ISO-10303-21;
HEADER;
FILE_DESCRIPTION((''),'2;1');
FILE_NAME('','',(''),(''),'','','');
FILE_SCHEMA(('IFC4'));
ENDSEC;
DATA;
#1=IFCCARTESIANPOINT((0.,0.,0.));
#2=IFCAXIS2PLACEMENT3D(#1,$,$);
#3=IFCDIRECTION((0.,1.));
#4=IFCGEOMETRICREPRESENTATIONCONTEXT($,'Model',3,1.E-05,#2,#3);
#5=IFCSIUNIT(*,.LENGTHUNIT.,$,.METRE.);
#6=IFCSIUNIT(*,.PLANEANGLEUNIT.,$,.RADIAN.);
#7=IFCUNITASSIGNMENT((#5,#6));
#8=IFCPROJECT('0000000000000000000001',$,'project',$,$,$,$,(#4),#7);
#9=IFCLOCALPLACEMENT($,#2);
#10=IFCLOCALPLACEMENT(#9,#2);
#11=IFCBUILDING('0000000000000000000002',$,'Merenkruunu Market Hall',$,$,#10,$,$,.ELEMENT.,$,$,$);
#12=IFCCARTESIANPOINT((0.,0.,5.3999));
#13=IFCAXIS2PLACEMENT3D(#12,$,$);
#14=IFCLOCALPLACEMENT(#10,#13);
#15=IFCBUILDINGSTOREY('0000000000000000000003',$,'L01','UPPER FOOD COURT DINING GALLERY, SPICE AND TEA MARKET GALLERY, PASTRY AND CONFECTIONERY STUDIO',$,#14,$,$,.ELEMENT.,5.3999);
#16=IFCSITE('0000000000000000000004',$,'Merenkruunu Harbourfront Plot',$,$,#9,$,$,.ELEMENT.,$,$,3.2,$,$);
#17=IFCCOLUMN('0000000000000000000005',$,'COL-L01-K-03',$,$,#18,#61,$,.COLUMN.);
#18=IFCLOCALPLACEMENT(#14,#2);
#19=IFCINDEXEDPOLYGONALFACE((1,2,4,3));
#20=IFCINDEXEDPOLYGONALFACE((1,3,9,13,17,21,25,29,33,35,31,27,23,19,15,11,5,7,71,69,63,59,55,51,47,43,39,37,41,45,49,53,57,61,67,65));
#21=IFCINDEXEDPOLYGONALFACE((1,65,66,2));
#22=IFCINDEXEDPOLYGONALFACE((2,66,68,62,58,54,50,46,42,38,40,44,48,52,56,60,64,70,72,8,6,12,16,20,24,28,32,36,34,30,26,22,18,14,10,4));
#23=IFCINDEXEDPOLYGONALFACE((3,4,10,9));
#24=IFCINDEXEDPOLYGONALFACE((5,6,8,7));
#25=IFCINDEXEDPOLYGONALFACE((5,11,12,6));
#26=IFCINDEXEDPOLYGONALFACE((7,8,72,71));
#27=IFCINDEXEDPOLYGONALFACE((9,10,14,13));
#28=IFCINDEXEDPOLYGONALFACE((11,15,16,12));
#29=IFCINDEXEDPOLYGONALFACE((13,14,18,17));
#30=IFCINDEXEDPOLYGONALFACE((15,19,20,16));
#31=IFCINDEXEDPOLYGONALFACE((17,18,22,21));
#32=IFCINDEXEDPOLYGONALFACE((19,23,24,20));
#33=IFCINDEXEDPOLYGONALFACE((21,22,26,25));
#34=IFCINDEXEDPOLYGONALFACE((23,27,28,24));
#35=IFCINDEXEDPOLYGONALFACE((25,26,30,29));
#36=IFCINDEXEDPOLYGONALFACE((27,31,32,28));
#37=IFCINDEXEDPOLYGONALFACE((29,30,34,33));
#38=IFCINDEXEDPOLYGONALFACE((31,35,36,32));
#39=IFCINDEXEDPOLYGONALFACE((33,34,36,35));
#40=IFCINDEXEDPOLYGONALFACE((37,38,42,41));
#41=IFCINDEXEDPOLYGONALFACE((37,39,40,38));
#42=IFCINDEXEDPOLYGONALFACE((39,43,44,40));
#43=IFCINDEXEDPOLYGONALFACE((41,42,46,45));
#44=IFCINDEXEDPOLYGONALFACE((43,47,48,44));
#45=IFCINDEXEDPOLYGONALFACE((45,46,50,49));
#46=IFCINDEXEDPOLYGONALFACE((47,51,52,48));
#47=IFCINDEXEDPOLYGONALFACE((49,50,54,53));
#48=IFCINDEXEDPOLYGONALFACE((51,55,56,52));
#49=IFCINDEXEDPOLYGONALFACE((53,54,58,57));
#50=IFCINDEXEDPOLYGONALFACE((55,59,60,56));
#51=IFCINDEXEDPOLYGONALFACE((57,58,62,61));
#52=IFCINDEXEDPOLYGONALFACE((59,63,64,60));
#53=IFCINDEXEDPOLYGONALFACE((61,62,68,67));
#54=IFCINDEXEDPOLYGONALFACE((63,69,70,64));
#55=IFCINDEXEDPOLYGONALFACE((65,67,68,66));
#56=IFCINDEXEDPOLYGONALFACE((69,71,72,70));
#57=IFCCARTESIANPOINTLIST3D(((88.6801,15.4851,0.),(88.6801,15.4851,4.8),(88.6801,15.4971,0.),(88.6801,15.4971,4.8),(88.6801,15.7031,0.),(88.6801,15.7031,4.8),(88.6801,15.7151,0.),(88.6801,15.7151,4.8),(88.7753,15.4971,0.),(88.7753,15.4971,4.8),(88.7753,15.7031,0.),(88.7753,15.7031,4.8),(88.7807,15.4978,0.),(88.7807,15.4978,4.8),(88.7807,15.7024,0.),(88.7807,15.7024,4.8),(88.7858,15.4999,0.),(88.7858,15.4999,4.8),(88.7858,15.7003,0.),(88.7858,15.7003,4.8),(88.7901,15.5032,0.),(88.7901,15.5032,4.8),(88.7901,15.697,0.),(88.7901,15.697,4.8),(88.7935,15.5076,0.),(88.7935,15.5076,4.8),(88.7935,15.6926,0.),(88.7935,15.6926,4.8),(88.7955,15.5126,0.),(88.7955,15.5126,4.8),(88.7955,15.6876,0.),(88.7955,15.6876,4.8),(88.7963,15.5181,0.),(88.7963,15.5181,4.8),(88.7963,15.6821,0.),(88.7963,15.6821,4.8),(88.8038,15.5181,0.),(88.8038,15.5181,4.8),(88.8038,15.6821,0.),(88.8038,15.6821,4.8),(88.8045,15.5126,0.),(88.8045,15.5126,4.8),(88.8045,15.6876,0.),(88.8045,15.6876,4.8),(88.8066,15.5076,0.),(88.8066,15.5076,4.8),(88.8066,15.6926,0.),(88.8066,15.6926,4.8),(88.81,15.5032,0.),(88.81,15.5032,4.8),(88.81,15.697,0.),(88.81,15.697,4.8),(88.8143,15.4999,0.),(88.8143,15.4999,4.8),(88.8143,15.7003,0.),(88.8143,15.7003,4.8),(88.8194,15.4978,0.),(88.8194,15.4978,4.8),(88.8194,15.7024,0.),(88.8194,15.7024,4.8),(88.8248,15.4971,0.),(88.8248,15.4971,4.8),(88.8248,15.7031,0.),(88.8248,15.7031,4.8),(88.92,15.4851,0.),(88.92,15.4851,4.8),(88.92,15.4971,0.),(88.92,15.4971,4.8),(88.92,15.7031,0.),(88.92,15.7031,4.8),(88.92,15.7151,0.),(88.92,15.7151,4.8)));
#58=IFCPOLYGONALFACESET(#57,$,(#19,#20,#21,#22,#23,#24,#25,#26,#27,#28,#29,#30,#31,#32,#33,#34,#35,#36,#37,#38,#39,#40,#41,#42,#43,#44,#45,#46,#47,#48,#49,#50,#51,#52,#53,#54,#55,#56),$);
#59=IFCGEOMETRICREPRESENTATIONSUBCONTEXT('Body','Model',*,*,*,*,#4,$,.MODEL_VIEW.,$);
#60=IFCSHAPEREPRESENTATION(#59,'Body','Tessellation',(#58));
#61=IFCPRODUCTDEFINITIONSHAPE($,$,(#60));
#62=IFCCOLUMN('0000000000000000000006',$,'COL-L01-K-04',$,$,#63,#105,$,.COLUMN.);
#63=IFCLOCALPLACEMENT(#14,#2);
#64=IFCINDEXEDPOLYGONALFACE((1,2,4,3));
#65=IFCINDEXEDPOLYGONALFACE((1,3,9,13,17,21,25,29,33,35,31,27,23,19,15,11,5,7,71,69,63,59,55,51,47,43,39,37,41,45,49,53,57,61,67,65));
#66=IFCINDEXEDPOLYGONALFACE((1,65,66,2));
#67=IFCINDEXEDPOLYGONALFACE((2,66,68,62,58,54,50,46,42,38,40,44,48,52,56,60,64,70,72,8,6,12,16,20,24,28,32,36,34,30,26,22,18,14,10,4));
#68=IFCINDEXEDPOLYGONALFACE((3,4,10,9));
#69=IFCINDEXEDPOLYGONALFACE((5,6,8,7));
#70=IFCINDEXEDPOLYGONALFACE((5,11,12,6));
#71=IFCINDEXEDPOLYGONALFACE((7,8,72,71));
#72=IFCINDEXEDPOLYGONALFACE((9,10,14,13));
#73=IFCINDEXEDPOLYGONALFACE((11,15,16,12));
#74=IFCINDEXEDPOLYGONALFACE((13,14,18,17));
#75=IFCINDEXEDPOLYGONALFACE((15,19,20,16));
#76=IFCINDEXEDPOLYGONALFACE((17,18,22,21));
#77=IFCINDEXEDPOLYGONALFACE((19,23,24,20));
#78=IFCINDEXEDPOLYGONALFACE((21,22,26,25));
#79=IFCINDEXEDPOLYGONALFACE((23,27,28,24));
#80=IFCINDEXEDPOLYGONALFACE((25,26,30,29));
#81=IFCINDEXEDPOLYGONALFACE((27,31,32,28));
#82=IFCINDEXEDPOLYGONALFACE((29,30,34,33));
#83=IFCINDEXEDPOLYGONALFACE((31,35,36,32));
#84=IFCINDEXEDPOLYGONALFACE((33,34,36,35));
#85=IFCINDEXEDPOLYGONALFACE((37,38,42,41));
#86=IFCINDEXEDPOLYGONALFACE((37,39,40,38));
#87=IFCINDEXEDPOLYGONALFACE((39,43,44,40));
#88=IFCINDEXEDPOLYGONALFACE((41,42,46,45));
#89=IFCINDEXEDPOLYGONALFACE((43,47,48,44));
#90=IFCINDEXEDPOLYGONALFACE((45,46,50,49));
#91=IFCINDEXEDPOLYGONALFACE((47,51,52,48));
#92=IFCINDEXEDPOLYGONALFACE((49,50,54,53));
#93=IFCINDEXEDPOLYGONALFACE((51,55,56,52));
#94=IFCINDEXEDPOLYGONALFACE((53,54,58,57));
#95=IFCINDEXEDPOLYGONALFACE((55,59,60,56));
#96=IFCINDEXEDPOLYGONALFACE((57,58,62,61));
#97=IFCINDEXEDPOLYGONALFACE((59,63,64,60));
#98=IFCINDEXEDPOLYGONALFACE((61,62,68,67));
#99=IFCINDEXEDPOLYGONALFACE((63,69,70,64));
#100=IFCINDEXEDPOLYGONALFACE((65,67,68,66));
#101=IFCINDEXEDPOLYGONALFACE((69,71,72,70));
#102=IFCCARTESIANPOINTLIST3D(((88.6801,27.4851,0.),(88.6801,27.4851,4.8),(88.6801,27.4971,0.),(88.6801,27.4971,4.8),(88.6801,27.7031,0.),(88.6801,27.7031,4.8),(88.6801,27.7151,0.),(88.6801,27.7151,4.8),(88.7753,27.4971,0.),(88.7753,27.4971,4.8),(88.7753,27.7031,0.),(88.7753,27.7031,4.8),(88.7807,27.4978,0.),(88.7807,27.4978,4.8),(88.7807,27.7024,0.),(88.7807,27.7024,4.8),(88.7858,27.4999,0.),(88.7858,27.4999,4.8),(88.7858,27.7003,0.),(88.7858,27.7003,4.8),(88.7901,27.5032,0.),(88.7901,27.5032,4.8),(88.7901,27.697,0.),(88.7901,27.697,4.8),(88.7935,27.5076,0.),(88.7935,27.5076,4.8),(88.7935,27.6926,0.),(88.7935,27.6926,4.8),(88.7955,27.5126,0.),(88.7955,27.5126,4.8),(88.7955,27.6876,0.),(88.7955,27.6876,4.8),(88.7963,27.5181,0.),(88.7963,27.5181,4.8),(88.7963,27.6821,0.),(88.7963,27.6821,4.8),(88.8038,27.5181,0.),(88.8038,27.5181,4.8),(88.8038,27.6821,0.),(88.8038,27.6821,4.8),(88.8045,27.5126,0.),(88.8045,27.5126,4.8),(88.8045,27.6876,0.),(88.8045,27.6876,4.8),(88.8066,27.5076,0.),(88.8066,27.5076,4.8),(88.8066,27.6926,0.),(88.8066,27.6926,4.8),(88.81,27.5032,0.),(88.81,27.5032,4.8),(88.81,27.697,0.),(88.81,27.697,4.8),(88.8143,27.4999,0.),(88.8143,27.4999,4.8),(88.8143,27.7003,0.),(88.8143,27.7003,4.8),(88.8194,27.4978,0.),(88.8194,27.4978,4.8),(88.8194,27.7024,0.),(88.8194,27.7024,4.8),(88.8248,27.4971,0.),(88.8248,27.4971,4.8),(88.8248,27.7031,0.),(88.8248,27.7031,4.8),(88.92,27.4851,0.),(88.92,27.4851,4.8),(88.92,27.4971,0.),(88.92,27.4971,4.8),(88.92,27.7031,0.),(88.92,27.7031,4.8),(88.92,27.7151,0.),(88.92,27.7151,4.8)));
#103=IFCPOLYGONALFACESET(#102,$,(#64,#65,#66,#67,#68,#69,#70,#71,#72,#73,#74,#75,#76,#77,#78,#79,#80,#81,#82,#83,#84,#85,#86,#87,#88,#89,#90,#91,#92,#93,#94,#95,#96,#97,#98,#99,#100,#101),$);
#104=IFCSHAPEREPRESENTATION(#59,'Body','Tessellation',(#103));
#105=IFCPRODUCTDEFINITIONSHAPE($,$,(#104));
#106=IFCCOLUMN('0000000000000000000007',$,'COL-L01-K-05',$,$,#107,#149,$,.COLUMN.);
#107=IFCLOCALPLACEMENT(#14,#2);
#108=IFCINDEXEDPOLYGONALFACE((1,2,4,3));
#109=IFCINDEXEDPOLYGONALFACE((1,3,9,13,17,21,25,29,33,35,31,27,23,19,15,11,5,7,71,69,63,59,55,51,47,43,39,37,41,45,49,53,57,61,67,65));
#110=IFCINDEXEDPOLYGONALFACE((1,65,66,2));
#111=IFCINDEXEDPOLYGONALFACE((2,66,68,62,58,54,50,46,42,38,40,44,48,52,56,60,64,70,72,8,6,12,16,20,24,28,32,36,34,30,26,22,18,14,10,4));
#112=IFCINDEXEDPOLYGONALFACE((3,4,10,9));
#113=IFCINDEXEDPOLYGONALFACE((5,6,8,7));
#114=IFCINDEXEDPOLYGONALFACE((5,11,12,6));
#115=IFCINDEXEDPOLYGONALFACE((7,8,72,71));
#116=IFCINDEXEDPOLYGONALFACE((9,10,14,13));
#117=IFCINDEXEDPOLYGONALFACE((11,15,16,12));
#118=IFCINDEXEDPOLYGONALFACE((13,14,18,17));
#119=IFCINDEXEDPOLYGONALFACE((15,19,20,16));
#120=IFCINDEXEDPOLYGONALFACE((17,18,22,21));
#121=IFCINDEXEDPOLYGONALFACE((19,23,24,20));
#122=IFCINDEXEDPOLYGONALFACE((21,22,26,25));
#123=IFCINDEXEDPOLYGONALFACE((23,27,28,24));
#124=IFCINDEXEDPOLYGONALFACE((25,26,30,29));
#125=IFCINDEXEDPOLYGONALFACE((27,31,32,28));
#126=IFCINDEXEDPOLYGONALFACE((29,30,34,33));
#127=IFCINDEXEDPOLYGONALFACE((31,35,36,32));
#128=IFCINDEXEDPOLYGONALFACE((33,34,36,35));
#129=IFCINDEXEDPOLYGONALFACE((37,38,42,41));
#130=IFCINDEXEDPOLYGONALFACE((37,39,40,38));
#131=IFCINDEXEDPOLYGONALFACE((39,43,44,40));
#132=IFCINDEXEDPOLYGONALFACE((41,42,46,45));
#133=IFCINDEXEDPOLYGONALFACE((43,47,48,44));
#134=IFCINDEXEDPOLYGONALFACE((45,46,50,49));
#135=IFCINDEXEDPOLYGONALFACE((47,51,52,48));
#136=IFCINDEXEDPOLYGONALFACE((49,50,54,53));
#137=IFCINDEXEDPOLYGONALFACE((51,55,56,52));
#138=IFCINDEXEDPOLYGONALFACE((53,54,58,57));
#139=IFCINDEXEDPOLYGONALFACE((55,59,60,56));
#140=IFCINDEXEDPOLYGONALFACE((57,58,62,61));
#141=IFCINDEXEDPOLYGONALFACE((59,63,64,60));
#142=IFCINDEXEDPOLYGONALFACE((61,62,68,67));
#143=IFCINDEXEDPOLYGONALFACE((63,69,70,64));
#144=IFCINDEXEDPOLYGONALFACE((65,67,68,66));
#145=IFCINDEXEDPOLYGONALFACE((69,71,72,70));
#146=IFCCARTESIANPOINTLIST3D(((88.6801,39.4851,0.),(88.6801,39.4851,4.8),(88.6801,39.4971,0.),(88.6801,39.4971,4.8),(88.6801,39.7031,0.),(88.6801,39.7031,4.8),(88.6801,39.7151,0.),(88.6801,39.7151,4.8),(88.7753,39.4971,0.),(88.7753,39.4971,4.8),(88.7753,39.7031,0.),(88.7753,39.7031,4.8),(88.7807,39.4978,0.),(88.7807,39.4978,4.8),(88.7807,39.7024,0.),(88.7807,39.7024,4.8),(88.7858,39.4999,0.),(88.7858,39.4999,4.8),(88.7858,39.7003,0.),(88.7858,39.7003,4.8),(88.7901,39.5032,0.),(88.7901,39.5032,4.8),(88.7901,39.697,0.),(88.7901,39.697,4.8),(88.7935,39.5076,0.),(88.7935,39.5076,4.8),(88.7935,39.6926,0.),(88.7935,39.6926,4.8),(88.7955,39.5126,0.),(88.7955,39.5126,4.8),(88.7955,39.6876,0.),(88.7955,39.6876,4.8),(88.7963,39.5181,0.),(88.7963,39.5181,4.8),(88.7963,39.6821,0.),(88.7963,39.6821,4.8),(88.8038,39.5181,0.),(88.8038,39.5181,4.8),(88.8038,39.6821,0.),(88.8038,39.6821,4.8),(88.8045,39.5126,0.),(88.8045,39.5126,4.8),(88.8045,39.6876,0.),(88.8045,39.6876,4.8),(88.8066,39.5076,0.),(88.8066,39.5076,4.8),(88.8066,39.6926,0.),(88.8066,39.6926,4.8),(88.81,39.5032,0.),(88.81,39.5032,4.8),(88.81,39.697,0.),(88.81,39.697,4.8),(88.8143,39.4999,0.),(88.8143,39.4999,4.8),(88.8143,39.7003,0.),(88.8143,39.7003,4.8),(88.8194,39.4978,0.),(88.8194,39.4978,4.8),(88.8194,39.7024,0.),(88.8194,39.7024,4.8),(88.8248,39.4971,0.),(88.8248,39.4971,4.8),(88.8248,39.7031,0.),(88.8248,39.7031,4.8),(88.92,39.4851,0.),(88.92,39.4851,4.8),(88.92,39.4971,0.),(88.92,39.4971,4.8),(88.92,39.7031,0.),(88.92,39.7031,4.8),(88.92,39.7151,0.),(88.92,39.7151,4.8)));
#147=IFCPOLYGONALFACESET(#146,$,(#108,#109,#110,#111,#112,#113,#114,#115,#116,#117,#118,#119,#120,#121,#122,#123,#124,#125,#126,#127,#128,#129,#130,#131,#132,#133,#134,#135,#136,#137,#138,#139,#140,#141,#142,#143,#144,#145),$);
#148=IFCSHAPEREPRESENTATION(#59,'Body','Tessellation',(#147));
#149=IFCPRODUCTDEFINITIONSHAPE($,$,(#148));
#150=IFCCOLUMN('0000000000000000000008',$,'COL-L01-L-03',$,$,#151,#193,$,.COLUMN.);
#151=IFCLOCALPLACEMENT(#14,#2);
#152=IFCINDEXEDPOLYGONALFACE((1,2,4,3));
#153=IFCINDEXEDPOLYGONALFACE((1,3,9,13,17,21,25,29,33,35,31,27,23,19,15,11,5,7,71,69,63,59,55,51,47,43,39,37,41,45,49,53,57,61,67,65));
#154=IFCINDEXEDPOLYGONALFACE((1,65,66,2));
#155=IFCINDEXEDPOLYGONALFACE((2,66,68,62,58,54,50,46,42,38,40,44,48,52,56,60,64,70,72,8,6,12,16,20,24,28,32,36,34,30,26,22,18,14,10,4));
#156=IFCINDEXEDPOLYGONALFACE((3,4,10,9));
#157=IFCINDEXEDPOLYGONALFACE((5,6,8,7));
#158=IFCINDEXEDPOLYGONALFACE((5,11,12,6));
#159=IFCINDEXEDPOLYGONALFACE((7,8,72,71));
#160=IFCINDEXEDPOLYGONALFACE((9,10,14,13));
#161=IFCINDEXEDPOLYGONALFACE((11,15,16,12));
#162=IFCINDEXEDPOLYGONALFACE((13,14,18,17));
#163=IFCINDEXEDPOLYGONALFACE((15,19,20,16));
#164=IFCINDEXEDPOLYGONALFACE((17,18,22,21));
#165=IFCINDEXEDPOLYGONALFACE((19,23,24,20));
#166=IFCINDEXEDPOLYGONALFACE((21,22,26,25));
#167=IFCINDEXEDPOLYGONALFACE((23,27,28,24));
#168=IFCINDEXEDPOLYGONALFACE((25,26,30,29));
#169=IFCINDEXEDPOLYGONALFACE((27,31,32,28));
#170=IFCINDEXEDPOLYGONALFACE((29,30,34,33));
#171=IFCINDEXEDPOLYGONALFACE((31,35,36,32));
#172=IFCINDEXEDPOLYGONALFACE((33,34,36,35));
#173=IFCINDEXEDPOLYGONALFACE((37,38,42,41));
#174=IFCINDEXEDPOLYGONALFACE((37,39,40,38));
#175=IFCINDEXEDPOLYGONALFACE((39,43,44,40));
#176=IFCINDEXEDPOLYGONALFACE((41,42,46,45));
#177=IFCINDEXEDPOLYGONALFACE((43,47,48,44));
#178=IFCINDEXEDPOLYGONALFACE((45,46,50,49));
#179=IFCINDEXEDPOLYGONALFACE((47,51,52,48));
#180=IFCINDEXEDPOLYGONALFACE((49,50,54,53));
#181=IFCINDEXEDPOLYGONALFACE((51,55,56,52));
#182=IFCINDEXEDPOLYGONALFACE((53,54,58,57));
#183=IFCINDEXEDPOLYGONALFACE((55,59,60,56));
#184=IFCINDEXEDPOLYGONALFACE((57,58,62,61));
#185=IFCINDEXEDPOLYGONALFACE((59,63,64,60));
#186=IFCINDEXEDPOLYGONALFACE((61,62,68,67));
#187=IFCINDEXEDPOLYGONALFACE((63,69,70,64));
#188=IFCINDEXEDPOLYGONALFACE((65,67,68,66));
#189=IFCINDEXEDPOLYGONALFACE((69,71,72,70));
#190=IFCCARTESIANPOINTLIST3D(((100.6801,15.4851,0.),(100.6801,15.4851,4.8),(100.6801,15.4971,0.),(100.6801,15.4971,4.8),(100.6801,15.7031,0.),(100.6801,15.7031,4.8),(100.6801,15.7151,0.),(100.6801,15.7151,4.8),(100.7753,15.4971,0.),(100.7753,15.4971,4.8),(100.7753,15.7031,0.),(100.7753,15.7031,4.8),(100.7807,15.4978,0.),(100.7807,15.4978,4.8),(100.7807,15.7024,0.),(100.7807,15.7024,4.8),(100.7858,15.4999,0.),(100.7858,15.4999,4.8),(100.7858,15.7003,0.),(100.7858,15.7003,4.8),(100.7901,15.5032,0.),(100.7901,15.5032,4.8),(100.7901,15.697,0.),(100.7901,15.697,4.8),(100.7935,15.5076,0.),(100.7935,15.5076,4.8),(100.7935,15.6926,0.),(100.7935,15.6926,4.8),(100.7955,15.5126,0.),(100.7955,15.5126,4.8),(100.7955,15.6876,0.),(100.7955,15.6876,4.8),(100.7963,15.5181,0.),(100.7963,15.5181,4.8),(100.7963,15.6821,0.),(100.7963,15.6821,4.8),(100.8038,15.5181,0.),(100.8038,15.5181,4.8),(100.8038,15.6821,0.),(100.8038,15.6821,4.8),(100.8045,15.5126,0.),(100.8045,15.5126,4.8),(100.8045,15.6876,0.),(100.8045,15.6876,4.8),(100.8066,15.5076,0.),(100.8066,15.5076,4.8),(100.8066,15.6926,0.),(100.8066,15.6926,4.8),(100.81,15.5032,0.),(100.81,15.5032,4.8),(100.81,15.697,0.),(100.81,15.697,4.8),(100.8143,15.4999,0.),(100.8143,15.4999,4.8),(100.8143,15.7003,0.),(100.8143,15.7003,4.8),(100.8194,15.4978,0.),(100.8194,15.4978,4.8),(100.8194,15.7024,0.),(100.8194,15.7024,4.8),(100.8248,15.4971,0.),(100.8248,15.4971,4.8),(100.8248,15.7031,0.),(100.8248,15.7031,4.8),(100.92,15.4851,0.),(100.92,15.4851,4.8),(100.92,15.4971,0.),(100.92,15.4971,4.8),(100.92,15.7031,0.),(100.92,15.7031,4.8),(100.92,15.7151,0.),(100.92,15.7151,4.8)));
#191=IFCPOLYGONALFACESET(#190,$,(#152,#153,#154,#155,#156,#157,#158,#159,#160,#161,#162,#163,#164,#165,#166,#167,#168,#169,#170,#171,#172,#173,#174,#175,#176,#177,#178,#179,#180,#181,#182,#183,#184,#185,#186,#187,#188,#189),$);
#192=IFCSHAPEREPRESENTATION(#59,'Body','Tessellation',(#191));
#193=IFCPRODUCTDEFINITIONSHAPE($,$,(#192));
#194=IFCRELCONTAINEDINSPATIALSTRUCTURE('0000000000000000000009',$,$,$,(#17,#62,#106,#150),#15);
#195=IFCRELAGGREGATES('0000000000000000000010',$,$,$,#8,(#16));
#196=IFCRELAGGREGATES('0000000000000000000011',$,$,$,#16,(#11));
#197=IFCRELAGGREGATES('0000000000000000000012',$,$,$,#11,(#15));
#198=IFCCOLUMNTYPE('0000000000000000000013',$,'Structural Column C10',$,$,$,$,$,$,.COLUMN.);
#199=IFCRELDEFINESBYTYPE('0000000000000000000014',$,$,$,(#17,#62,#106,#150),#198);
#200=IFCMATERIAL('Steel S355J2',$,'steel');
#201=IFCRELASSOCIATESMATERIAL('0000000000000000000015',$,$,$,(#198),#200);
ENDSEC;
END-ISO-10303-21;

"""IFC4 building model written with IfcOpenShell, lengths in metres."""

from ifc_helpers import new_model, si_unit, direction, frame, origin, origin_2d, place, context, subcontext, project, spatial, i_section, extrude, material, material_profile, profile_set, type_object, element, save


model = new_model("IFC4")

# Units and contexts
model_context = context("Model", 3, precision=1e-05, world=origin(), true_north=direction((0.0, 1.0)))
body_context = subcontext(model_context, "Body", "Model", "MODEL_VIEW")
ifc_project = project(units=[si_unit("LENGTHUNIT", "METRE"), si_unit("PLANEANGLEUNIT", "RADIAN")], contexts=[model_context])

# Site, building, storey
site_placement = place(None, origin())
site = spatial("IfcSite", under=ifc_project, at=site_placement, Name="Merenkruunu Harbourfront Plot", CompositionType="ELEMENT", RefElevation=3.2)
building_placement = place(site_placement, origin())
building = spatial("IfcBuilding", under=site, at=building_placement, Name="Merenkruunu Market Hall", CompositionType="ELEMENT")
storey_placement = place(building_placement, frame((0.0, 0.0, 5.3999)))
storey = spatial("IfcBuildingStorey", under=building, at=storey_placement, Name="L01", Description="UPPER FOOD COURT DINING GALLERY, SPICE AND TEA MARKET GALLERY, PASTRY AND CONFECTIONERY STUDIO", CompositionType="ELEMENT", Elevation=5.3999)

# Columns
ifc_material_1 = material(Name="Steel S355J2", Category="steel")
ifc_material_profile_1 = material_profile(ifc_material_1, i_section(OverallWidth=0.24, OverallDepth=0.23, WebThickness=0.0076, FlangeThickness=0.012, FilletRadius=0.021, at=origin_2d()), Name="HEA 240")
ifc_profile_set_1 = profile_set([ifc_material_profile_1], Name="Steel S355J2")
column_type = type_object("IfcColumnType", Name="Structural Column C10", PredefinedType="COLUMN", material=ifc_profile_set_1)
for number, where, z_axis, x_axis, name in (
    (1, (88.8, 15.6001, 0.0), (0.0, 0.0, 1.0), (1.0, 0.0, 0.0), "COL-L01-K-03"),
    (2, (88.8, 27.6001, 0.0), (0.0, 0.0, 1.0), (1.0, 0.0, 0.0), "COL-L01-K-04"),
    (3, (88.8, 39.6001, 0.0), (0.0, 0.0, 1.0), (1.0, 0.0, 0.0), "COL-L01-K-05"),
    (4, (100.8, 15.6001, 0.0), (0.0, 0.0, 1.0), (1.0, 0.0, 0.0), "COL-L01-L-03"),
):
    element("IfcColumn", number, at=place(storey_placement, frame(where, z_axis=z_axis, x_axis=x_axis)), inside=storey, type_object=column_type, Name=name, PredefinedType="COLUMN", context=body_context, shape_type="SweptSolid", body=[
        extrude(i_section(OverallWidth=0.24, OverallDepth=0.23, WebThickness=0.0076, FlangeThickness=0.012, FilletRadius=0.021, at=origin_2d()), origin(), (0.0, 0.0, 1.0), 4.8),
    ])

save(model, "model.ifc")
